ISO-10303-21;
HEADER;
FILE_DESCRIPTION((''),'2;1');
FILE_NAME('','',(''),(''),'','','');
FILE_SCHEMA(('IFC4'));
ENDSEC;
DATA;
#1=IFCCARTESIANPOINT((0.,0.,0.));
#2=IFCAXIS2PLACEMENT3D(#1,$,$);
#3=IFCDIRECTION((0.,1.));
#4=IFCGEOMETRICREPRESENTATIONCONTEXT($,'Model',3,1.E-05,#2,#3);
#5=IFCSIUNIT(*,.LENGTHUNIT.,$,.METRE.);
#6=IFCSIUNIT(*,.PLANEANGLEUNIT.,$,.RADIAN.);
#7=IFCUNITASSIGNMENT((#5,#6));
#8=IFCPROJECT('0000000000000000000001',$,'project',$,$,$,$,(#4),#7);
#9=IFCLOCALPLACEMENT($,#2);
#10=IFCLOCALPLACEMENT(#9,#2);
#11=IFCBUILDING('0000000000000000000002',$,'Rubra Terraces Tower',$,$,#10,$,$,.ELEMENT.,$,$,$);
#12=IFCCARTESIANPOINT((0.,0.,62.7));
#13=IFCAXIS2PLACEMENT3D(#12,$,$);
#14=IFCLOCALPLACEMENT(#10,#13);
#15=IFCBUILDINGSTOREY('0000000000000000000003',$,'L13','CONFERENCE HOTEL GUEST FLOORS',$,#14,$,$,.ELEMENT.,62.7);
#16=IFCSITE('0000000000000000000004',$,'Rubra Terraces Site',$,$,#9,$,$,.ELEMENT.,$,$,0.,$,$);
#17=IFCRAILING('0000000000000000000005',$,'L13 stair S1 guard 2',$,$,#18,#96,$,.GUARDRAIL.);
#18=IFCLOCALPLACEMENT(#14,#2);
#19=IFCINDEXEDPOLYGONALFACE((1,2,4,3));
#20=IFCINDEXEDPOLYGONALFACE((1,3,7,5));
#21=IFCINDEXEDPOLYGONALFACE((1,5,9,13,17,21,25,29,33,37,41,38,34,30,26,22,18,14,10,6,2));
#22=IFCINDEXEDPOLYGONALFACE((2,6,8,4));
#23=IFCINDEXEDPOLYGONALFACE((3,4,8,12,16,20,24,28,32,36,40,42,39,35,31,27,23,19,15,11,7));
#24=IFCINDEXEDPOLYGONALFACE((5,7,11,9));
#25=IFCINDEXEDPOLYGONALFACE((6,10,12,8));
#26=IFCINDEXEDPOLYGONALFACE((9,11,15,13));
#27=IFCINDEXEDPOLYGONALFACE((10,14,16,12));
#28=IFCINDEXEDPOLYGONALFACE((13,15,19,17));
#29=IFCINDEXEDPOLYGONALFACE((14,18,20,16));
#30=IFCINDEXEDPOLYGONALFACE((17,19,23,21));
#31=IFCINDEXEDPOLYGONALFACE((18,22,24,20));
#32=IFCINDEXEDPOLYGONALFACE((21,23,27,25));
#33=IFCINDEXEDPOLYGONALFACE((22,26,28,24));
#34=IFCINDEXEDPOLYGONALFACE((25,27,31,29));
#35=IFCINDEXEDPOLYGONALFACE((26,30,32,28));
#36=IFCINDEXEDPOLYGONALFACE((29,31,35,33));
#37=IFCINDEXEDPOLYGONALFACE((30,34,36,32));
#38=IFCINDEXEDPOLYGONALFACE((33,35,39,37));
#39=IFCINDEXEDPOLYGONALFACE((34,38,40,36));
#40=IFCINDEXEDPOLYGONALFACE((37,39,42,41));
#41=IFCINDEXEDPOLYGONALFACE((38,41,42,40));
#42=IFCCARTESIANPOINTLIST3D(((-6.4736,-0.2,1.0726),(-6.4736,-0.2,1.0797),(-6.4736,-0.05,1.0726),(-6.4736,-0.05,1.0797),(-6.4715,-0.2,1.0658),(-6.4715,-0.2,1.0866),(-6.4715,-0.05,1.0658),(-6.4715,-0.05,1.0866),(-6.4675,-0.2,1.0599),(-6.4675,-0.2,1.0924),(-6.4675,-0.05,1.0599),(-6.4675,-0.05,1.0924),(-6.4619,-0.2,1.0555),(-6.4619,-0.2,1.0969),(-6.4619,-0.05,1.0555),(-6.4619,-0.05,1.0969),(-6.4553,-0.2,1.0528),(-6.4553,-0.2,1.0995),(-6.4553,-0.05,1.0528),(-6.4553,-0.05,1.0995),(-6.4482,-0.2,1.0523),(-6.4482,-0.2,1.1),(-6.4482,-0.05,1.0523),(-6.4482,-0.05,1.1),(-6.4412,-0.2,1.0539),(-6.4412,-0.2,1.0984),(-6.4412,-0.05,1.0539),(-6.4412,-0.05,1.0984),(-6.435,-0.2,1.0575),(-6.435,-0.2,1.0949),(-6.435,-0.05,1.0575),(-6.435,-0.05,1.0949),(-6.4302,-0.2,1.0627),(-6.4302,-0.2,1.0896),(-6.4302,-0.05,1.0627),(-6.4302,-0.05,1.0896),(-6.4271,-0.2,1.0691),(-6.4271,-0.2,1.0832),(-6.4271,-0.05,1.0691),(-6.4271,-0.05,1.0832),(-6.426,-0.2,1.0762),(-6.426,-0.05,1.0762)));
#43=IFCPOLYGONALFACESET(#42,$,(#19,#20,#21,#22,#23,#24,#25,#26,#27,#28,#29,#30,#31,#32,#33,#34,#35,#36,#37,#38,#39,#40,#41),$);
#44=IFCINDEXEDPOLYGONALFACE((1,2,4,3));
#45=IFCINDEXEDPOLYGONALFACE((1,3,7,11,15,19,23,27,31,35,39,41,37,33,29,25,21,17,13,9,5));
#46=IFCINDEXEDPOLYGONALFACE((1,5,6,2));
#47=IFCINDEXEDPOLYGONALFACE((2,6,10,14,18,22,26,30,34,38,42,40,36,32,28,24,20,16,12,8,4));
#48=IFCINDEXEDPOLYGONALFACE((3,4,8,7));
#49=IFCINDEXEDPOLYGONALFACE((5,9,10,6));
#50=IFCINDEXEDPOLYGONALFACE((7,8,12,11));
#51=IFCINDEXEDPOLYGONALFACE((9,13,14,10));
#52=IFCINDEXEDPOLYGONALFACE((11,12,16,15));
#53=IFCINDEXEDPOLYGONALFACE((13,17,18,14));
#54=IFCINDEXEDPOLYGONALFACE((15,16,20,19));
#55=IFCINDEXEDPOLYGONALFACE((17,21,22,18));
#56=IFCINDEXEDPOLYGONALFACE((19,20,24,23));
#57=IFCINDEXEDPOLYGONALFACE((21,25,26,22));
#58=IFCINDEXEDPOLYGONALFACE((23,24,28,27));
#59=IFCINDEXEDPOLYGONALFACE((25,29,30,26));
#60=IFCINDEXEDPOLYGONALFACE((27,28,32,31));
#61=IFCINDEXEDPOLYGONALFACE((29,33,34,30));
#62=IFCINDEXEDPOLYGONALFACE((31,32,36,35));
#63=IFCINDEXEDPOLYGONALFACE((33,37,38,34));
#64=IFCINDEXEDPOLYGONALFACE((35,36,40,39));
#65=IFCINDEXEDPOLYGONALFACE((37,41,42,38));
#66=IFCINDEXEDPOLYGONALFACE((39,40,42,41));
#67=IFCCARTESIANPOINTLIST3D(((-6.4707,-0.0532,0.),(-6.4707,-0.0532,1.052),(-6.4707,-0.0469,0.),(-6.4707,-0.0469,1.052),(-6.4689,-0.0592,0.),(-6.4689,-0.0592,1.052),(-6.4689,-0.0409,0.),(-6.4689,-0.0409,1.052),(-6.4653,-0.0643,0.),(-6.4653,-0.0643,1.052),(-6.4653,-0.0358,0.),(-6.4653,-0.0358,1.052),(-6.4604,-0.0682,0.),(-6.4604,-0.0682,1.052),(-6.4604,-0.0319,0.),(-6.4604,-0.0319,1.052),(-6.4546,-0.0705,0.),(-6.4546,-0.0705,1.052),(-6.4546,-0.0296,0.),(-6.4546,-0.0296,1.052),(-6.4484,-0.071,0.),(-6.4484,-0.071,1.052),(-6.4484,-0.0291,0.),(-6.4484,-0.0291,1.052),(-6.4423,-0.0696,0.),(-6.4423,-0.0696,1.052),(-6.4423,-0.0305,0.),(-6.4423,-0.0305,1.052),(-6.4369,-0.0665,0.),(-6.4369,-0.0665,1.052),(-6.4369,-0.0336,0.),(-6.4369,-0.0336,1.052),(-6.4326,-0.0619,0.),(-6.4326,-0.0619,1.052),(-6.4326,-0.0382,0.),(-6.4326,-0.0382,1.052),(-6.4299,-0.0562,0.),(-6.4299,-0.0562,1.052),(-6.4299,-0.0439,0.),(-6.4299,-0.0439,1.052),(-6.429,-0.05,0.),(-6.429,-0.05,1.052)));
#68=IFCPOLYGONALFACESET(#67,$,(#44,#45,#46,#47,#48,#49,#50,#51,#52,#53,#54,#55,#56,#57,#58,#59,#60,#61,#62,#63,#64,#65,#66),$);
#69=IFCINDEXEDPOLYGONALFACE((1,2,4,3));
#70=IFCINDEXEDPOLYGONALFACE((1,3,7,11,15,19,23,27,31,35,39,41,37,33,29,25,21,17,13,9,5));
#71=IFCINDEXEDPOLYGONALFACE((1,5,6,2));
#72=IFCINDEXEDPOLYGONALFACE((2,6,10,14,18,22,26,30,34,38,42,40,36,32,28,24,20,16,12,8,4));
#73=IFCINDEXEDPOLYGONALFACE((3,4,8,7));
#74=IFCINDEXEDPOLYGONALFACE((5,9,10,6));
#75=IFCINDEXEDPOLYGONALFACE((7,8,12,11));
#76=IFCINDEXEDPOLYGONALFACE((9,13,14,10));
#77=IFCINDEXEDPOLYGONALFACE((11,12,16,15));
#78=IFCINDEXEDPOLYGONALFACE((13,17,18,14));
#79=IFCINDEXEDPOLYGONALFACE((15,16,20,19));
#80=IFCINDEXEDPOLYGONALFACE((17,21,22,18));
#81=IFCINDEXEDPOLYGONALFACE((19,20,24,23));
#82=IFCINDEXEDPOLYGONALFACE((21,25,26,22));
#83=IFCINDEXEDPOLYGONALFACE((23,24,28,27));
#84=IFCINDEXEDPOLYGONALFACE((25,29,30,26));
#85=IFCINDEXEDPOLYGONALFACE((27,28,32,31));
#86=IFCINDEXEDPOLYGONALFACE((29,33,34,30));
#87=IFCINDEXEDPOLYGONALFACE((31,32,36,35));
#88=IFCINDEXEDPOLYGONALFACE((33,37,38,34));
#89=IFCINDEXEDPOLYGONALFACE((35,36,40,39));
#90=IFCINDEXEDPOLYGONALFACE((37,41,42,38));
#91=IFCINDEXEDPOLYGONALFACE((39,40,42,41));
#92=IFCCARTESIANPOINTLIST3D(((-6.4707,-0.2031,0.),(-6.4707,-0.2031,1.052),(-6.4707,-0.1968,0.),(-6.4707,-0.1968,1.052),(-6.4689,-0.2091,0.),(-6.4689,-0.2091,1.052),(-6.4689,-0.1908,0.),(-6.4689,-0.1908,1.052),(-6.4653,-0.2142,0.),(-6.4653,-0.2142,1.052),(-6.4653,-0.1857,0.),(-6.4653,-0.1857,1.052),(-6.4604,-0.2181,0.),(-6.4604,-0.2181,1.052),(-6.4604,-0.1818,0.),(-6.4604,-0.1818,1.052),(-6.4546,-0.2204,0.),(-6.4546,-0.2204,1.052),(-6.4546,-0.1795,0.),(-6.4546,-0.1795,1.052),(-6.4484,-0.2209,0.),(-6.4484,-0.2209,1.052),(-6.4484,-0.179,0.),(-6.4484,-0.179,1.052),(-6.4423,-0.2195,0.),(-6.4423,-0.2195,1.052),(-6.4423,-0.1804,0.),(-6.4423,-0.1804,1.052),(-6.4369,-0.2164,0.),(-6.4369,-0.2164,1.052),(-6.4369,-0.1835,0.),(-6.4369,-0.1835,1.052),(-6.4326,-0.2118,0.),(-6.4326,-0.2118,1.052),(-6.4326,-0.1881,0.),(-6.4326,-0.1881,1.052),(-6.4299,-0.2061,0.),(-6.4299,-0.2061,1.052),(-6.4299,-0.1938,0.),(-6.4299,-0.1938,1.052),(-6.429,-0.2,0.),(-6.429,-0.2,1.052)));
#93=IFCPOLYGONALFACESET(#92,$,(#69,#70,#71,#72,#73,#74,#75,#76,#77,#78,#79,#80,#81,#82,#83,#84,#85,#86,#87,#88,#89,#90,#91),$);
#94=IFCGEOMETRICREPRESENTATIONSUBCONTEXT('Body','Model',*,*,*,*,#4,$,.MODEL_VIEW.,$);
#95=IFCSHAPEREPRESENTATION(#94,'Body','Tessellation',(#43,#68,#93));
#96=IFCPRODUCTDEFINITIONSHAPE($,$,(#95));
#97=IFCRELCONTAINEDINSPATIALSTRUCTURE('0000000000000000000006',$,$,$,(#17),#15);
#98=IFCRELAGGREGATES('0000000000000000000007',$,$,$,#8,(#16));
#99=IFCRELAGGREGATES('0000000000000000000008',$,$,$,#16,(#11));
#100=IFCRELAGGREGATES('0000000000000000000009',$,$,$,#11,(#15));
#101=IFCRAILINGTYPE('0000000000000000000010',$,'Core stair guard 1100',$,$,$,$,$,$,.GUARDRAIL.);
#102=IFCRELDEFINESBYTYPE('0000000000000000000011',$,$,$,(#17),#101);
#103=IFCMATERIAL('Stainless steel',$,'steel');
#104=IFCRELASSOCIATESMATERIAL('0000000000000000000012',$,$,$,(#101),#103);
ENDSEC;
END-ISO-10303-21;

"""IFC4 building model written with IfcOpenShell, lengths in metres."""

from ifc_helpers import new_model, si_unit, direction, frame, origin, origin_2d, place, context, subcontext, project, spatial, circle, extrude, material, type_object, element, save


model = new_model("IFC4")

# Units and contexts
model_context = context("Model", 3, precision=1e-05, world=origin(), true_north=direction((0.0, 1.0)))
body_context = subcontext(model_context, "Body", "Model", "MODEL_VIEW")
ifc_project = project(units=[si_unit("LENGTHUNIT", "METRE"), si_unit("PLANEANGLEUNIT", "RADIAN")], contexts=[model_context])

# Site, building, storey
site_placement = place(None, origin())
site = spatial("IfcSite", under=ifc_project, at=site_placement, Name="Rubra Terraces Site", CompositionType="ELEMENT", RefElevation=0.0)
building_placement = place(site_placement, origin())
building = spatial("IfcBuilding", under=site, at=building_placement, Name="Rubra Terraces Tower", CompositionType="ELEMENT")
storey_placement = place(building_placement, frame((0.0, 0.0, 62.7)))
storey = spatial("IfcBuildingStorey", under=building, at=storey_placement, Name="L13", Description="CONFERENCE HOTEL GUEST FLOORS", CompositionType="ELEMENT", Elevation=62.7)

# Railing
ifc_material_1 = material(Name="Stainless steel", Category="steel")
railing_type = type_object("IfcRailingType", Name="Core stair guard 1100", PredefinedType="GUARDRAIL", material=ifc_material_1)
railing_1_placement = place(storey_placement, frame((-6.45, -0.05, 0.0)))
element("IfcRailing", 1, at=railing_1_placement, inside=storey, type_object=railing_type, Name="L13 stair S1 guard 2", PredefinedType="GUARDRAIL", context=body_context, shape_type="SweptSolid", body=[
    extrude(circle(Radius=0.0239, at=origin_2d()), frame((0.0, 0.0, 1.0762), z_axis=(0.0, -1.0, 0.0), x_axis=(1.0, 0.0, 0.0)), (0.0, 0.0, 1.0), 0.1499),
    extrude(circle(Radius=0.021, at=origin_2d()), origin(), (0.0, 0.0, 1.0), 1.052),
    extrude(circle(Radius=0.021, at=origin_2d()), frame((0.0, -0.1499, 0.0)), (0.0, 0.0, 1.0), 1.052),
])

save(model, "model.ifc")
